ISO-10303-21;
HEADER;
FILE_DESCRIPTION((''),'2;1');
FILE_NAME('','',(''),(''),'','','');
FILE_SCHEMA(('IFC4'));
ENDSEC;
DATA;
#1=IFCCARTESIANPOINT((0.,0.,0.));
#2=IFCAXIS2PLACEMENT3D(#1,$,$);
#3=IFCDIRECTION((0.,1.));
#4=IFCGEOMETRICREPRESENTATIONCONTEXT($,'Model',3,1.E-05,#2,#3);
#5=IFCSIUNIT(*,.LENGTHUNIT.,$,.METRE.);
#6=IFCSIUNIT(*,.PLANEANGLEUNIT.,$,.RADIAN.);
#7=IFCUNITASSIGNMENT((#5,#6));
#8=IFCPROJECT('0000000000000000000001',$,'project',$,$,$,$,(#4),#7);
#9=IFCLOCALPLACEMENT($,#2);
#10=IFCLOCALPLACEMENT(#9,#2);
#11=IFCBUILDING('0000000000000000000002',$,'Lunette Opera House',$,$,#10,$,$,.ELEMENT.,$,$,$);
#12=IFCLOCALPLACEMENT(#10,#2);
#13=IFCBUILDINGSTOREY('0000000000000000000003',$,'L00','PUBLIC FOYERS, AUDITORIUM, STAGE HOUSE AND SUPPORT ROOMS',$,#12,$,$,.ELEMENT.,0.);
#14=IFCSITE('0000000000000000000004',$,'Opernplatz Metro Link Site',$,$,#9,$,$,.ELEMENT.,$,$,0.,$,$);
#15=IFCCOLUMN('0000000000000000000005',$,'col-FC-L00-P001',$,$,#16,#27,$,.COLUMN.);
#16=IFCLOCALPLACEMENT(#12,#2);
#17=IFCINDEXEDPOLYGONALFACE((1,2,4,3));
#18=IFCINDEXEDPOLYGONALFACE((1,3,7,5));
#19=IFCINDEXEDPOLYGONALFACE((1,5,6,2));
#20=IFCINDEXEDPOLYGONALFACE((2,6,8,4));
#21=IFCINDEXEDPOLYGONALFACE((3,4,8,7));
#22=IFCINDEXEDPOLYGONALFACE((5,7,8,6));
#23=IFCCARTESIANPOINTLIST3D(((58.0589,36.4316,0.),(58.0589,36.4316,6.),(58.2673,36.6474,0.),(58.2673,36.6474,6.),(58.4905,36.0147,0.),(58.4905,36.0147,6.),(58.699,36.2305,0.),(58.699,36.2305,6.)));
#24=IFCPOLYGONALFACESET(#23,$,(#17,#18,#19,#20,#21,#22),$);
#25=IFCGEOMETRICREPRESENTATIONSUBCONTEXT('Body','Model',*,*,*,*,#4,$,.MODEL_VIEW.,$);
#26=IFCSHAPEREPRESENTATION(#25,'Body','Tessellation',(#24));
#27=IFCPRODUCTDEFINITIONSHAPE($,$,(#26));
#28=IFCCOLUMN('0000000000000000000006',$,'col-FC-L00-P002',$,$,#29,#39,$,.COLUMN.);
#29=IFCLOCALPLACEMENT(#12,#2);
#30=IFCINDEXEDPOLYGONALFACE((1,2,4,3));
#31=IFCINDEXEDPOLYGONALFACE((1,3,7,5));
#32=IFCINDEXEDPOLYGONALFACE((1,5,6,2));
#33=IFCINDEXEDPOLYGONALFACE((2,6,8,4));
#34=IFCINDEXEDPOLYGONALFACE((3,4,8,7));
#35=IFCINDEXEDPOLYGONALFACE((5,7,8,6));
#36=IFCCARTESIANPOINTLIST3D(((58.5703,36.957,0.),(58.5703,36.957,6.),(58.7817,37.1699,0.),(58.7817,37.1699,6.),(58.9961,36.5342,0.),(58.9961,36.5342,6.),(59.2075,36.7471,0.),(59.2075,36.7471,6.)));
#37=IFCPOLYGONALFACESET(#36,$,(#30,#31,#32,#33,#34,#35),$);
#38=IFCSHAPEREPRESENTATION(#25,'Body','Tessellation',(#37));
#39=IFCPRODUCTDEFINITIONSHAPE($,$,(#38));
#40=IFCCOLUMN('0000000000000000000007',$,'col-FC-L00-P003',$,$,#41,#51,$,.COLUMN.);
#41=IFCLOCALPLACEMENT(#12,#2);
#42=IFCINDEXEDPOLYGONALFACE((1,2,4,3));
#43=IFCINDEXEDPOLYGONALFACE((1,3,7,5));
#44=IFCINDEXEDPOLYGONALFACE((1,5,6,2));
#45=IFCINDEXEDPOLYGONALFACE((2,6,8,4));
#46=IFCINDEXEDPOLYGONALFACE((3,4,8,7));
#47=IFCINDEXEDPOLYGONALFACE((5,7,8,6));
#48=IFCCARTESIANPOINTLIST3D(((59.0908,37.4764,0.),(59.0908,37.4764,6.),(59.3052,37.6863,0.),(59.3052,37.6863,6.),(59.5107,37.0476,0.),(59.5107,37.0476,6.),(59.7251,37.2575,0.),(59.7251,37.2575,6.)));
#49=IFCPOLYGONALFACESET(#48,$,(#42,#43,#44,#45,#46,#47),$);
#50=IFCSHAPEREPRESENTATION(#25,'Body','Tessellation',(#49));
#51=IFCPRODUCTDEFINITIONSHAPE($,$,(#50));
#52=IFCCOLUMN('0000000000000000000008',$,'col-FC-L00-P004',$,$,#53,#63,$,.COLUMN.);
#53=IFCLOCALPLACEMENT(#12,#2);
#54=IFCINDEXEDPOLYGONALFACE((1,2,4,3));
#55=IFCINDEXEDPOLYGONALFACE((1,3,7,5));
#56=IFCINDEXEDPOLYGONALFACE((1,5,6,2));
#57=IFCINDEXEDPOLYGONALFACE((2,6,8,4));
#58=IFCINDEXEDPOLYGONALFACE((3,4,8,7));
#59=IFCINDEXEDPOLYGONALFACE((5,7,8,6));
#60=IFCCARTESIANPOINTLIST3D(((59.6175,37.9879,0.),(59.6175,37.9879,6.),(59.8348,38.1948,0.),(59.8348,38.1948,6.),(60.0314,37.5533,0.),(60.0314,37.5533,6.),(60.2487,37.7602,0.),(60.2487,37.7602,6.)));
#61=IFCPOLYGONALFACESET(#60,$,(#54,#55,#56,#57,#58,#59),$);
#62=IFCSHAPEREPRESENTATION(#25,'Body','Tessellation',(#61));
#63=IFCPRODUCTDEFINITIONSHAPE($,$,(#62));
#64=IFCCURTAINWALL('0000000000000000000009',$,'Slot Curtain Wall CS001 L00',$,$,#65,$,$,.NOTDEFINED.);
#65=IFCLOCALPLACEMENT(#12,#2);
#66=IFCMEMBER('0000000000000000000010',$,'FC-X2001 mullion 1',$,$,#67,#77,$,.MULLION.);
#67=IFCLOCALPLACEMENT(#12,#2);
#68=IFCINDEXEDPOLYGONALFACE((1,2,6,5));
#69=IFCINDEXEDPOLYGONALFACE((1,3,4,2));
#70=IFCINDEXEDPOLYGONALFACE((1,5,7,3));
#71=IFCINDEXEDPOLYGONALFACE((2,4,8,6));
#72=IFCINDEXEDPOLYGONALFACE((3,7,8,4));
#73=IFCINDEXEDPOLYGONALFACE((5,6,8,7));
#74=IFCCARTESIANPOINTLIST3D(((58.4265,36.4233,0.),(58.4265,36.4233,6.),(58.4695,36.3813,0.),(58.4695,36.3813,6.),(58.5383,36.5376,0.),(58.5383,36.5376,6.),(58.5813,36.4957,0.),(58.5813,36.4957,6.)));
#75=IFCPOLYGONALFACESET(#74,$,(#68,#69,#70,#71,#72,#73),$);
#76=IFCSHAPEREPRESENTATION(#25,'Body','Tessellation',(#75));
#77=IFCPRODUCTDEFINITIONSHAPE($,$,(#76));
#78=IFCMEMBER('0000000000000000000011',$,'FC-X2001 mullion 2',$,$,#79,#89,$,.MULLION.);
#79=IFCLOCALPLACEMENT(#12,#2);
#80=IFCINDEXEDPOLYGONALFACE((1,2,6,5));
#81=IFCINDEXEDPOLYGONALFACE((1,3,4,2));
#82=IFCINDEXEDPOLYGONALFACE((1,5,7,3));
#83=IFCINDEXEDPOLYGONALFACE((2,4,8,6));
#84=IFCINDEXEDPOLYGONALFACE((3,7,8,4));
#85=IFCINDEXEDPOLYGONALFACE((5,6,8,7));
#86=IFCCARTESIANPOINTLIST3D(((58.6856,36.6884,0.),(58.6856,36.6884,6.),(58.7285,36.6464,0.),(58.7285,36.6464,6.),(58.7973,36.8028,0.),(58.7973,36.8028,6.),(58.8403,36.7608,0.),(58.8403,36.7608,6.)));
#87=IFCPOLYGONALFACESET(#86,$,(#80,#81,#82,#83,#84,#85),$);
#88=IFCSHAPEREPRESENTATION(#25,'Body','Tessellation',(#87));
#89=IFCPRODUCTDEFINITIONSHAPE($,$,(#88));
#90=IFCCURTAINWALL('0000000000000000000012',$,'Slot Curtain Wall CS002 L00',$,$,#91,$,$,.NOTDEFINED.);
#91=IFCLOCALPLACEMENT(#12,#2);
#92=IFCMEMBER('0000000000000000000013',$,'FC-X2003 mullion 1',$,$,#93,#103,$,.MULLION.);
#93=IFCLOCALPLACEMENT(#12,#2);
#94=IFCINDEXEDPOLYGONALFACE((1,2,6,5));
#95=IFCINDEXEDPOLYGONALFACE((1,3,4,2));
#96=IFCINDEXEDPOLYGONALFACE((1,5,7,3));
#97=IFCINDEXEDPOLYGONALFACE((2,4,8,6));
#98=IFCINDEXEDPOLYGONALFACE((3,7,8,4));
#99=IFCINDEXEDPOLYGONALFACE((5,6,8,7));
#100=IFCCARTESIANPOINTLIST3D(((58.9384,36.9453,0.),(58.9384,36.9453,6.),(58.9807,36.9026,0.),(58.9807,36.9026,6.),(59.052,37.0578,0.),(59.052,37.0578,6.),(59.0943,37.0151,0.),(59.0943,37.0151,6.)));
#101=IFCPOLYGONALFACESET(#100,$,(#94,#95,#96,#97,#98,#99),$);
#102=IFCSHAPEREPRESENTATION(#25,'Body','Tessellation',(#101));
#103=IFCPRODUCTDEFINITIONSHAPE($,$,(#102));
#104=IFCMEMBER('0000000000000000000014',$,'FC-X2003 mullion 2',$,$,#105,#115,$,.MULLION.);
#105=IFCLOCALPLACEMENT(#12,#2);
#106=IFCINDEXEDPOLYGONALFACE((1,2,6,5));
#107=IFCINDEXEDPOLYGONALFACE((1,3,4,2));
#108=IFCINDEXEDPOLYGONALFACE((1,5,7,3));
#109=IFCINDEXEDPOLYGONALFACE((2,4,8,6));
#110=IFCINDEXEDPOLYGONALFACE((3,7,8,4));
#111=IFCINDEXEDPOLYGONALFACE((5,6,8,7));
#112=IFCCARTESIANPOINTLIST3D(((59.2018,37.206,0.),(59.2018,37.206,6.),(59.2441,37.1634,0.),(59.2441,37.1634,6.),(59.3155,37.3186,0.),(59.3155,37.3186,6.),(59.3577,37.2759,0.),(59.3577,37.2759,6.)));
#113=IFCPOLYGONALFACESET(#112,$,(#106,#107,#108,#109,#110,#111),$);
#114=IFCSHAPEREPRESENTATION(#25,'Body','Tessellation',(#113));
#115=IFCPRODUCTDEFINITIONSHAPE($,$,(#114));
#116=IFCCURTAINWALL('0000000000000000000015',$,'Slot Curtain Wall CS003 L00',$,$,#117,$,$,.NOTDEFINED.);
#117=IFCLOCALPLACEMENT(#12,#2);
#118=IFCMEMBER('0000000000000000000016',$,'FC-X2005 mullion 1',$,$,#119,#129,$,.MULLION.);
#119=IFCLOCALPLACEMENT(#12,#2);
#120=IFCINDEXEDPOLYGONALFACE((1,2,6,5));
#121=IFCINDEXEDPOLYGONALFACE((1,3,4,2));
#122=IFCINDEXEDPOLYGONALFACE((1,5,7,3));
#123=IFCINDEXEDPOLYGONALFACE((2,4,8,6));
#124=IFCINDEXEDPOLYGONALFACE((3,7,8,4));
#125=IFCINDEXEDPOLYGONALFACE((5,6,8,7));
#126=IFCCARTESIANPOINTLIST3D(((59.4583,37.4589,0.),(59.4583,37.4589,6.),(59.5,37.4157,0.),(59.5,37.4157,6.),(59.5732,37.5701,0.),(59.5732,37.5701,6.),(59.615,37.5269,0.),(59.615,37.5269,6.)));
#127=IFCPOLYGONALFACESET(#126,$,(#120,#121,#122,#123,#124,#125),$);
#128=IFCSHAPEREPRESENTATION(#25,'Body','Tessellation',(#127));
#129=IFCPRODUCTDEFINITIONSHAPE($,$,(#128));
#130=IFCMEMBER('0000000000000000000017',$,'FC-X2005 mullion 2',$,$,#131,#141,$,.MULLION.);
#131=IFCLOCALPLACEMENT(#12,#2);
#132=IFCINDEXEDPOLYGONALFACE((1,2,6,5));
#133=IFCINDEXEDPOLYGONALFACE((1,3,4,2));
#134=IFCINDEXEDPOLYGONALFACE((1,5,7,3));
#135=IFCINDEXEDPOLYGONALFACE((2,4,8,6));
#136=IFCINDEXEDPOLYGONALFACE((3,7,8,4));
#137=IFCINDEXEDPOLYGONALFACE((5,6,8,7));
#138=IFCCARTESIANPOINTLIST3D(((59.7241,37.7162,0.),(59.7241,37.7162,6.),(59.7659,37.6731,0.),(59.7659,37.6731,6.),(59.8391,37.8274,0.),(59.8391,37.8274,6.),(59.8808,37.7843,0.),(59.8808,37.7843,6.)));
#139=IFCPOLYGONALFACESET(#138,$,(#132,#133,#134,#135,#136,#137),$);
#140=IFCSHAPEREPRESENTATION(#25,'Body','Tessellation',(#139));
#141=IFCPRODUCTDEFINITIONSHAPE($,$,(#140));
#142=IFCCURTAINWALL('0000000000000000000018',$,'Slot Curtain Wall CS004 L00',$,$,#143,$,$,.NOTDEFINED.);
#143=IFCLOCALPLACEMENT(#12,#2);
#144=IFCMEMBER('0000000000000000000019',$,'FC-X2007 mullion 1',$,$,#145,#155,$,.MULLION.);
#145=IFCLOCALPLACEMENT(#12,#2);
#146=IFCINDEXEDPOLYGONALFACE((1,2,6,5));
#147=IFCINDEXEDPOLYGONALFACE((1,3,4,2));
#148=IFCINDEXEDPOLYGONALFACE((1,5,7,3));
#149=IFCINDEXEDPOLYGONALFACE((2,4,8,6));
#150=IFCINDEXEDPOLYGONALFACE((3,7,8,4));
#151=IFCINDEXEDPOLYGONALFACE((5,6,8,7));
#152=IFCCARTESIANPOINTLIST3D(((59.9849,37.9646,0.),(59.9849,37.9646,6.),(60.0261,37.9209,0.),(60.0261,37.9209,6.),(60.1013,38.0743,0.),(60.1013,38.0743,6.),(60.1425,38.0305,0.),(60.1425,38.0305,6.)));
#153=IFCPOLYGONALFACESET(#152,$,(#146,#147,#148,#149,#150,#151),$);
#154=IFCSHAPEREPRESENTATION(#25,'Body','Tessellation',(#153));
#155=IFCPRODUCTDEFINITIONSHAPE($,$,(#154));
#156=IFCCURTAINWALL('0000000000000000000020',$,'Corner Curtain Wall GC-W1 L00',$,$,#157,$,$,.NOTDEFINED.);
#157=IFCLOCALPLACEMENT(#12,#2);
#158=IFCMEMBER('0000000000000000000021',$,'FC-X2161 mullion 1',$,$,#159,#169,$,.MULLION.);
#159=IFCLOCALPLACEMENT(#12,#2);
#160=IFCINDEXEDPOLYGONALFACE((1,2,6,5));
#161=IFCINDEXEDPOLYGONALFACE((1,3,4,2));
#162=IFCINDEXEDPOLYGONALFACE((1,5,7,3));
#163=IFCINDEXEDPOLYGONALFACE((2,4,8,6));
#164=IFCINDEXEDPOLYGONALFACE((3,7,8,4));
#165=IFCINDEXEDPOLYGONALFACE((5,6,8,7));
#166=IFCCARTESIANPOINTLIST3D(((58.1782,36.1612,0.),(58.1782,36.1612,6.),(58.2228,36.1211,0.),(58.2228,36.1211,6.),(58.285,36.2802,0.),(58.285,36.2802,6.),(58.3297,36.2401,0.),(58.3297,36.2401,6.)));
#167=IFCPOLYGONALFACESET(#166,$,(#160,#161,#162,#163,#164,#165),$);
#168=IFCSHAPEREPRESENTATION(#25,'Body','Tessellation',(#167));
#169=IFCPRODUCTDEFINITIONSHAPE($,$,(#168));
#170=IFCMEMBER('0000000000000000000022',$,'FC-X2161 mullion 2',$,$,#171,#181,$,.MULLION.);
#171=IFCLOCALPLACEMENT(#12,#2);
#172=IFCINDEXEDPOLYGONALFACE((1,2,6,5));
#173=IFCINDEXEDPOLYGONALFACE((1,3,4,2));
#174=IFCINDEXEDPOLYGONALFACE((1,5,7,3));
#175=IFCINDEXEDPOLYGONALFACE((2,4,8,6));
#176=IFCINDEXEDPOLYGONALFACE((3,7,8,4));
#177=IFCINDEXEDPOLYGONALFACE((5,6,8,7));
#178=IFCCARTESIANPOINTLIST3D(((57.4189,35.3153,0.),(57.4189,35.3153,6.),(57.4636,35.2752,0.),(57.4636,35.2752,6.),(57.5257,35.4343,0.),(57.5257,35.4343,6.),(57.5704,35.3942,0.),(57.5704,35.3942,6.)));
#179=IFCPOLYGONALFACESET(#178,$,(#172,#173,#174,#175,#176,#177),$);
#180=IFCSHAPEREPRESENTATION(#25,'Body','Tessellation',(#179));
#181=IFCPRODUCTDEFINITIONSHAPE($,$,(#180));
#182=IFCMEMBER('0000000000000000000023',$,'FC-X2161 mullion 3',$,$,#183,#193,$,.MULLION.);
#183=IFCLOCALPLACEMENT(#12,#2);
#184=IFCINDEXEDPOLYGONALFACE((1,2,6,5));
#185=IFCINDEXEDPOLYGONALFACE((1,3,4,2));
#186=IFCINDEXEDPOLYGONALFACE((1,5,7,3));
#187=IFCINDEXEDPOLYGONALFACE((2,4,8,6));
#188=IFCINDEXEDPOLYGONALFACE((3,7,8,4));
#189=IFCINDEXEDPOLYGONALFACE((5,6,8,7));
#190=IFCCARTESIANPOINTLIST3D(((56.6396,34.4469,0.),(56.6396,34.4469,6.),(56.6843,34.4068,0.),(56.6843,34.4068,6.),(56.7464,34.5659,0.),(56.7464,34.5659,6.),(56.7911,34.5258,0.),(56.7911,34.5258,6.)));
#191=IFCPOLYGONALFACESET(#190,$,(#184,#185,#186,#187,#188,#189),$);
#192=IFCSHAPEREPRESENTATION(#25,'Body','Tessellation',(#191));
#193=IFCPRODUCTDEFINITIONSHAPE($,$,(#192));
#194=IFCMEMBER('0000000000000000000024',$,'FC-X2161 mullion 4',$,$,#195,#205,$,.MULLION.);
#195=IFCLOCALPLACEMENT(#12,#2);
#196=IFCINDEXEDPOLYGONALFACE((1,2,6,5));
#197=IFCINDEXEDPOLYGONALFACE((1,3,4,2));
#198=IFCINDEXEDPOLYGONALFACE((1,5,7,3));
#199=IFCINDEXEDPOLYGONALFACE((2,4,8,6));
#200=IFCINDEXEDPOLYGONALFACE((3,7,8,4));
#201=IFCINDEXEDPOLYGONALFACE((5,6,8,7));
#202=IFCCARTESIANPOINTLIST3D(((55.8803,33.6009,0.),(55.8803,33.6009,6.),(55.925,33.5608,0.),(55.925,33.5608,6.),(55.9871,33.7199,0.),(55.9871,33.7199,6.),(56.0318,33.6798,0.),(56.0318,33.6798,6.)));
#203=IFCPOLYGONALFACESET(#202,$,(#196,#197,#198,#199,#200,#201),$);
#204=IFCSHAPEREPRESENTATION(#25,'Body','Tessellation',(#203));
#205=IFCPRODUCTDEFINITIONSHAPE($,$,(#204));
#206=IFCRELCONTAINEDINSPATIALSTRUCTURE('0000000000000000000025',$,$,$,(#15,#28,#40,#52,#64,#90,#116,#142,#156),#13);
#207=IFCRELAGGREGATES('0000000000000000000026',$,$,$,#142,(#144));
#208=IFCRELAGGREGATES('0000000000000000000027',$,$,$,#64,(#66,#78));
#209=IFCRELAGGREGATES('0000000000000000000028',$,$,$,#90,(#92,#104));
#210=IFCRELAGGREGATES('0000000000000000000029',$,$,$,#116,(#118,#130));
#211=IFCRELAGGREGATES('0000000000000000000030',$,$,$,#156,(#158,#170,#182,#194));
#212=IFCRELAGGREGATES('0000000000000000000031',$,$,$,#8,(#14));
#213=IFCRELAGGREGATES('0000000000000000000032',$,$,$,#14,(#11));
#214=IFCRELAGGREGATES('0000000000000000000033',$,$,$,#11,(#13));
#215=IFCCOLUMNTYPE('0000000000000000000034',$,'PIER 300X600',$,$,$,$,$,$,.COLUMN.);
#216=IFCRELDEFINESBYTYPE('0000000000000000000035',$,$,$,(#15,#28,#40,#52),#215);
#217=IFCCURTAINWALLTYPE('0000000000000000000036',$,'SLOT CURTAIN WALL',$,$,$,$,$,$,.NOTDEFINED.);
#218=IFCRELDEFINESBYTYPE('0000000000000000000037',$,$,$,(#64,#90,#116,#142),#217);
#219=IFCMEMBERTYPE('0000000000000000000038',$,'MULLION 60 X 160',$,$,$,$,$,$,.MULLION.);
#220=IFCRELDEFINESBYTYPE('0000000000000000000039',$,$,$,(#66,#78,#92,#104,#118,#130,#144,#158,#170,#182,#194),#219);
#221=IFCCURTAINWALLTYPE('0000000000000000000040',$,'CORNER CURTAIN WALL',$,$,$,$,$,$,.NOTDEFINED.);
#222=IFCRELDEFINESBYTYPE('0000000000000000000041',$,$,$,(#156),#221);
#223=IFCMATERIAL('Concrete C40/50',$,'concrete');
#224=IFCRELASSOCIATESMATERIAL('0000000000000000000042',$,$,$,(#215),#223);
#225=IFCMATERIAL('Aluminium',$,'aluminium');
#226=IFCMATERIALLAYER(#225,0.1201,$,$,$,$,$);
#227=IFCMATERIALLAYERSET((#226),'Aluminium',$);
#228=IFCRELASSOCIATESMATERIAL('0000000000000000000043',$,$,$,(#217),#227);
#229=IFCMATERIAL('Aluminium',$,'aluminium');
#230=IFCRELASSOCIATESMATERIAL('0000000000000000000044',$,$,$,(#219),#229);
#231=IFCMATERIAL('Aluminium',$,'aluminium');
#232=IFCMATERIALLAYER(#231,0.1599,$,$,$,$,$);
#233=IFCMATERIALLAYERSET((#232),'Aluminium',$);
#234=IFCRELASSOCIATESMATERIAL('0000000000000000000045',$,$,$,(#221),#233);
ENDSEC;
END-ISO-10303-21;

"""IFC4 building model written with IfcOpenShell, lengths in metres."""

from ifc_helpers import new_model, si_unit, direction, frame, origin, origin_2d, place, context, subcontext, project, spatial, rectangle, extrude, material, layer, layer_set, material_profile, profile_set, type_object, element, aggregate, save


model = new_model("IFC4")

# Units and contexts
model_context = context("Model", 3, precision=1e-05, world=origin(), true_north=direction((0.0, 1.0)))
body_context = subcontext(model_context, "Body", "Model", "MODEL_VIEW")
ifc_project = project(units=[si_unit("LENGTHUNIT", "METRE"), si_unit("PLANEANGLEUNIT", "RADIAN")], contexts=[model_context])

# Site, building, storey
site_placement = place(None, origin())
site = spatial("IfcSite", under=ifc_project, at=site_placement, Name="Opernplatz Metro Link Site", CompositionType="ELEMENT", RefElevation=0.0)
building_placement = place(site_placement, origin())
building = spatial("IfcBuilding", under=site, at=building_placement, Name="Lunette Opera House", CompositionType="ELEMENT")
storey_placement = place(building_placement, origin())
storey = spatial("IfcBuildingStorey", under=building, at=storey_placement, Name="L00", Description="PUBLIC FOYERS, AUDITORIUM, STAGE HOUSE AND SUPPORT ROOMS", CompositionType="ELEMENT", Elevation=0.0)

# Columns
ifc_material_1 = material(Name="Concrete C40/50", Category="concrete")
ifc_material_profile_1 = material_profile(ifc_material_1, rectangle(XDim=0.3, YDim=0.6001, at=origin_2d()), Name="PIER 300X600")
ifc_profile_set_1 = profile_set([ifc_material_profile_1], Name="Concrete C40/50")
column_type = type_object("IfcColumnType", Name="PIER 300X600", PredefinedType="COLUMN", material=ifc_profile_set_1)
for number, where, z_axis, x_axis, name in (
    (1, (58.3789, 36.3311, 0.0), (0.0, 0.0, 1.0), (0.694658, 0.71934, 0.0), "col-FC-L00-P001"),
    (2, (58.8889, 36.8521, 0.0), (0.0, 0.0, 1.0), (0.704634, 0.709571, 0.0), "col-FC-L00-P002"),
    (3, (59.408, 37.3669, 0.0), (0.0, 0.0, 1.0), (0.714473, 0.699663, 0.0), "col-FC-L00-P003"),
    (4, (59.9331, 37.874, 0.0), (0.0, 0.0, 1.0), (0.724172, 0.68962, 0.0), "col-FC-L00-P004"),
):
    element("IfcColumn", number, at=place(storey_placement, frame(where, z_axis=z_axis, x_axis=x_axis)), inside=storey, type_object=column_type, Name=name, PredefinedType="COLUMN", context=body_context, shape_type="SweptSolid", body=[
        extrude(rectangle(XDim=0.3, YDim=0.6001, at=origin_2d()), origin(), (0.0, 0.0, 1.0), 6.0),
    ])

# Curtain walls, members
ifc_material_2 = material(Name="Aluminium", Category="aluminium")
ifc_layer_1 = layer(ifc_material_2, 0.1201)
ifc_layer_set_1 = layer_set([ifc_layer_1], Name="Aluminium")
curtain_wall_type_1 = type_object("IfcCurtainWallType", Name="SLOT CURTAIN WALL", PredefinedType="NOTDEFINED", material=ifc_layer_set_1)
curtain_wall_1_placement = place(storey_placement, origin())
curtain_wall_1 = element("IfcCurtainWall", 5, at=curtain_wall_1_placement, inside=storey, type_object=curtain_wall_type_1, Name="Slot Curtain Wall CS001 L00", PredefinedType="NOTDEFINED")
ifc_material_3 = material(Name="Aluminium", Category="aluminium")
ifc_material_profile_2 = material_profile(ifc_material_3, rectangle(XDim=0.0601, YDim=0.1599, at=origin_2d()), Name="MULLION 60 X 160")
ifc_profile_set_2 = profile_set([ifc_material_profile_2], Name="Aluminium")
member_type_1 = type_object("IfcMemberType", Name="MULLION 60 X 160", PredefinedType="MULLION", material=ifc_profile_set_2)
member_1_placement = place(storey_placement, frame((58.5039, 36.4595, 0.0), z_axis=(0.0, 0.0, 1.0), x_axis=(-0.715187, 0.698933, 0.0)))
member_1 = element("IfcMember", 6, at=member_1_placement, type_object=member_type_1, Name="FC-X2001 mullion 1", PredefinedType="MULLION", context=body_context, shape_type="SweptSolid", body=[
    extrude(rectangle(XDim=0.0601, YDim=0.1599, at=origin_2d()), origin(), (0.0, 0.0, 1.0), 6.0),
])
member_2_placement = place(storey_placement, frame((58.7629, 36.7246, 0.0), z_axis=(0.0, 0.0, 1.0), x_axis=(-0.715187, 0.698933, 0.0)))
member_2 = element("IfcMember", 7, at=member_2_placement, type_object=member_type_1, Name="FC-X2001 mullion 2", PredefinedType="MULLION", context=body_context, shape_type="SweptSolid", body=[
    extrude(rectangle(XDim=0.0601, YDim=0.1599, at=origin_2d()), origin(), (0.0, 0.0, 1.0), 6.0),
])
curtain_wall_2_placement = place(storey_placement, origin())
curtain_wall_2 = element("IfcCurtainWall", 8, at=curtain_wall_2_placement, inside=storey, type_object=curtain_wall_type_1, Name="Slot Curtain Wall CS002 L00", PredefinedType="NOTDEFINED")
member_3_placement = place(storey_placement, frame((59.0164, 36.9802, 0.0), z_axis=(0.0, 0.0, 1.0), x_axis=(-0.703615, 0.710581, 0.0)))
member_3 = element("IfcMember", 9, at=member_3_placement, type_object=member_type_1, Name="FC-X2003 mullion 1", PredefinedType="MULLION", context=body_context, shape_type="SweptSolid", body=[
    extrude(rectangle(XDim=0.0601, YDim=0.1599, at=origin_2d()), origin(), (0.0, 0.0, 1.0), 6.0),
])
member_4_placement = place(storey_placement, frame((59.2798, 37.241, 0.0), z_axis=(0.0, 0.0, 1.0), x_axis=(-0.703615, 0.710581, 0.0)))
member_4 = element("IfcMember", 10, at=member_4_placement, type_object=member_type_1, Name="FC-X2003 mullion 2", PredefinedType="MULLION", context=body_context, shape_type="SweptSolid", body=[
    extrude(rectangle(XDim=0.0601, YDim=0.1599, at=origin_2d()), origin(), (0.0, 0.0, 1.0), 6.0),
])
curtain_wall_3_placement = place(storey_placement, origin())
curtain_wall_3 = element("IfcCurtainWall", 11, at=curtain_wall_3_placement, inside=storey, type_object=curtain_wall_type_1, Name="Slot Curtain Wall CS003 L00", PredefinedType="NOTDEFINED")
member_5_placement = place(storey_placement, frame((59.5366, 37.4929, 0.0), z_axis=(0.0, 0.0, 1.0), x_axis=(-0.695383, 0.71864, 0.0)))
member_5 = element("IfcMember", 12, at=member_5_placement, type_object=member_type_1, Name="FC-X2005 mullion 1", PredefinedType="MULLION", context=body_context, shape_type="SweptSolid", body=[
    extrude(rectangle(XDim=0.0601, YDim=0.1599, at=origin_2d()), origin(), (0.0, 0.0, 1.0), 6.0),
])
member_6_placement = place(storey_placement, frame((59.8025, 37.7502, 0.0), z_axis=(0.0, 0.0, 1.0), x_axis=(-0.695383, 0.71864, 0.0)))
member_6 = element("IfcMember", 13, at=member_6_placement, type_object=member_type_1, Name="FC-X2005 mullion 2", PredefinedType="MULLION", context=body_context, shape_type="SweptSolid", body=[
    extrude(rectangle(XDim=0.0601, YDim=0.1599, at=origin_2d()), origin(), (0.0, 0.0, 1.0), 6.0),
])

# Curtain wall, member
curtain_wall_4_placement = place(storey_placement, origin())
curtain_wall_4 = element("IfcCurtainWall", 14, at=curtain_wall_4_placement, inside=storey, type_object=curtain_wall_type_1, Name="Slot Curtain Wall CS004 L00", PredefinedType="NOTDEFINED")
member_7_placement = place(storey_placement, frame((60.0637, 37.9976, 0.0), z_axis=(0.0, 0.0, 1.0), x_axis=(-0.685872, 0.727722, 0.0)))
member_7 = element("IfcMember", 15, at=member_7_placement, type_object=member_type_1, Name="FC-X2007 mullion 1", PredefinedType="MULLION", context=body_context, shape_type="SweptSolid", body=[
    extrude(rectangle(XDim=0.0601, YDim=0.1599, at=origin_2d()), origin(), (0.0, 0.0, 1.0), 6.0),
])
aggregate(curtain_wall_4, [member_7])

# Curtain wall, members
ifc_material_4 = material(Name="Aluminium", Category="aluminium")
ifc_layer_2 = layer(ifc_material_4, 0.1599)
ifc_layer_set_2 = layer_set([ifc_layer_2], Name="Aluminium")
curtain_wall_type_2 = type_object("IfcCurtainWallType", Name="CORNER CURTAIN WALL", PredefinedType="NOTDEFINED", material=ifc_layer_set_2)
curtain_wall_5_placement = place(storey_placement, origin())
curtain_wall_5 = element("IfcCurtainWall", 16, at=curtain_wall_5_placement, inside=storey, type_object=curtain_wall_type_2, Name="Corner Curtain Wall GC-W1 L00", PredefinedType="NOTDEFINED")
member_8_placement = place(storey_placement, frame((58.2539, 36.2007, 0.0), z_axis=(0.0, 0.0, 1.0), x_axis=(0.744217, -0.667938, 0.0)))
member_8 = element("IfcMember", 17, at=member_8_placement, type_object=member_type_1, Name="FC-X2161 mullion 1", PredefinedType="MULLION", context=body_context, shape_type="SweptSolid", body=[
    extrude(rectangle(XDim=0.0601, YDim=0.1599, at=origin_2d()), origin(), (0.0, 0.0, 1.0), 6.0),
])
member_9_placement = place(storey_placement, frame((57.4946, 35.3547, 0.0), z_axis=(0.0, 0.0, 1.0), x_axis=(0.744217, -0.667938, 0.0)))
member_9 = element("IfcMember", 18, at=member_9_placement, type_object=member_type_1, Name="FC-X2161 mullion 2", PredefinedType="MULLION", context=body_context, shape_type="SweptSolid", body=[
    extrude(rectangle(XDim=0.0601, YDim=0.1599, at=origin_2d()), origin(), (0.0, 0.0, 1.0), 6.0),
])
member_10_placement = place(storey_placement, frame((56.7153, 34.4863, 0.0), z_axis=(0.0, 0.0, 1.0), x_axis=(0.744217, -0.667938, 0.0)))
member_10 = element("IfcMember", 19, at=member_10_placement, type_object=member_type_1, Name="FC-X2161 mullion 3", PredefinedType="MULLION", context=body_context, shape_type="SweptSolid", body=[
    extrude(rectangle(XDim=0.0601, YDim=0.1599, at=origin_2d()), origin(), (0.0, 0.0, 1.0), 6.0),
])
member_11_placement = place(storey_placement, frame((55.9561, 33.6404, 0.0), z_axis=(0.0, 0.0, 1.0), x_axis=(0.744217, -0.667938, 0.0)))
member_11 = element("IfcMember", 20, at=member_11_placement, type_object=member_type_1, Name="FC-X2161 mullion 4", PredefinedType="MULLION", context=body_context, shape_type="SweptSolid", body=[
    extrude(rectangle(XDim=0.0601, YDim=0.1599, at=origin_2d()), origin(), (0.0, 0.0, 1.0), 6.0),
])

aggregate(curtain_wall_1, [member_1, member_2])
aggregate(curtain_wall_2, [member_3, member_4])
aggregate(curtain_wall_3, [member_5, member_6])
aggregate(curtain_wall_5, [member_8, member_9, member_10, member_11])

save(model, "model.ifc")
